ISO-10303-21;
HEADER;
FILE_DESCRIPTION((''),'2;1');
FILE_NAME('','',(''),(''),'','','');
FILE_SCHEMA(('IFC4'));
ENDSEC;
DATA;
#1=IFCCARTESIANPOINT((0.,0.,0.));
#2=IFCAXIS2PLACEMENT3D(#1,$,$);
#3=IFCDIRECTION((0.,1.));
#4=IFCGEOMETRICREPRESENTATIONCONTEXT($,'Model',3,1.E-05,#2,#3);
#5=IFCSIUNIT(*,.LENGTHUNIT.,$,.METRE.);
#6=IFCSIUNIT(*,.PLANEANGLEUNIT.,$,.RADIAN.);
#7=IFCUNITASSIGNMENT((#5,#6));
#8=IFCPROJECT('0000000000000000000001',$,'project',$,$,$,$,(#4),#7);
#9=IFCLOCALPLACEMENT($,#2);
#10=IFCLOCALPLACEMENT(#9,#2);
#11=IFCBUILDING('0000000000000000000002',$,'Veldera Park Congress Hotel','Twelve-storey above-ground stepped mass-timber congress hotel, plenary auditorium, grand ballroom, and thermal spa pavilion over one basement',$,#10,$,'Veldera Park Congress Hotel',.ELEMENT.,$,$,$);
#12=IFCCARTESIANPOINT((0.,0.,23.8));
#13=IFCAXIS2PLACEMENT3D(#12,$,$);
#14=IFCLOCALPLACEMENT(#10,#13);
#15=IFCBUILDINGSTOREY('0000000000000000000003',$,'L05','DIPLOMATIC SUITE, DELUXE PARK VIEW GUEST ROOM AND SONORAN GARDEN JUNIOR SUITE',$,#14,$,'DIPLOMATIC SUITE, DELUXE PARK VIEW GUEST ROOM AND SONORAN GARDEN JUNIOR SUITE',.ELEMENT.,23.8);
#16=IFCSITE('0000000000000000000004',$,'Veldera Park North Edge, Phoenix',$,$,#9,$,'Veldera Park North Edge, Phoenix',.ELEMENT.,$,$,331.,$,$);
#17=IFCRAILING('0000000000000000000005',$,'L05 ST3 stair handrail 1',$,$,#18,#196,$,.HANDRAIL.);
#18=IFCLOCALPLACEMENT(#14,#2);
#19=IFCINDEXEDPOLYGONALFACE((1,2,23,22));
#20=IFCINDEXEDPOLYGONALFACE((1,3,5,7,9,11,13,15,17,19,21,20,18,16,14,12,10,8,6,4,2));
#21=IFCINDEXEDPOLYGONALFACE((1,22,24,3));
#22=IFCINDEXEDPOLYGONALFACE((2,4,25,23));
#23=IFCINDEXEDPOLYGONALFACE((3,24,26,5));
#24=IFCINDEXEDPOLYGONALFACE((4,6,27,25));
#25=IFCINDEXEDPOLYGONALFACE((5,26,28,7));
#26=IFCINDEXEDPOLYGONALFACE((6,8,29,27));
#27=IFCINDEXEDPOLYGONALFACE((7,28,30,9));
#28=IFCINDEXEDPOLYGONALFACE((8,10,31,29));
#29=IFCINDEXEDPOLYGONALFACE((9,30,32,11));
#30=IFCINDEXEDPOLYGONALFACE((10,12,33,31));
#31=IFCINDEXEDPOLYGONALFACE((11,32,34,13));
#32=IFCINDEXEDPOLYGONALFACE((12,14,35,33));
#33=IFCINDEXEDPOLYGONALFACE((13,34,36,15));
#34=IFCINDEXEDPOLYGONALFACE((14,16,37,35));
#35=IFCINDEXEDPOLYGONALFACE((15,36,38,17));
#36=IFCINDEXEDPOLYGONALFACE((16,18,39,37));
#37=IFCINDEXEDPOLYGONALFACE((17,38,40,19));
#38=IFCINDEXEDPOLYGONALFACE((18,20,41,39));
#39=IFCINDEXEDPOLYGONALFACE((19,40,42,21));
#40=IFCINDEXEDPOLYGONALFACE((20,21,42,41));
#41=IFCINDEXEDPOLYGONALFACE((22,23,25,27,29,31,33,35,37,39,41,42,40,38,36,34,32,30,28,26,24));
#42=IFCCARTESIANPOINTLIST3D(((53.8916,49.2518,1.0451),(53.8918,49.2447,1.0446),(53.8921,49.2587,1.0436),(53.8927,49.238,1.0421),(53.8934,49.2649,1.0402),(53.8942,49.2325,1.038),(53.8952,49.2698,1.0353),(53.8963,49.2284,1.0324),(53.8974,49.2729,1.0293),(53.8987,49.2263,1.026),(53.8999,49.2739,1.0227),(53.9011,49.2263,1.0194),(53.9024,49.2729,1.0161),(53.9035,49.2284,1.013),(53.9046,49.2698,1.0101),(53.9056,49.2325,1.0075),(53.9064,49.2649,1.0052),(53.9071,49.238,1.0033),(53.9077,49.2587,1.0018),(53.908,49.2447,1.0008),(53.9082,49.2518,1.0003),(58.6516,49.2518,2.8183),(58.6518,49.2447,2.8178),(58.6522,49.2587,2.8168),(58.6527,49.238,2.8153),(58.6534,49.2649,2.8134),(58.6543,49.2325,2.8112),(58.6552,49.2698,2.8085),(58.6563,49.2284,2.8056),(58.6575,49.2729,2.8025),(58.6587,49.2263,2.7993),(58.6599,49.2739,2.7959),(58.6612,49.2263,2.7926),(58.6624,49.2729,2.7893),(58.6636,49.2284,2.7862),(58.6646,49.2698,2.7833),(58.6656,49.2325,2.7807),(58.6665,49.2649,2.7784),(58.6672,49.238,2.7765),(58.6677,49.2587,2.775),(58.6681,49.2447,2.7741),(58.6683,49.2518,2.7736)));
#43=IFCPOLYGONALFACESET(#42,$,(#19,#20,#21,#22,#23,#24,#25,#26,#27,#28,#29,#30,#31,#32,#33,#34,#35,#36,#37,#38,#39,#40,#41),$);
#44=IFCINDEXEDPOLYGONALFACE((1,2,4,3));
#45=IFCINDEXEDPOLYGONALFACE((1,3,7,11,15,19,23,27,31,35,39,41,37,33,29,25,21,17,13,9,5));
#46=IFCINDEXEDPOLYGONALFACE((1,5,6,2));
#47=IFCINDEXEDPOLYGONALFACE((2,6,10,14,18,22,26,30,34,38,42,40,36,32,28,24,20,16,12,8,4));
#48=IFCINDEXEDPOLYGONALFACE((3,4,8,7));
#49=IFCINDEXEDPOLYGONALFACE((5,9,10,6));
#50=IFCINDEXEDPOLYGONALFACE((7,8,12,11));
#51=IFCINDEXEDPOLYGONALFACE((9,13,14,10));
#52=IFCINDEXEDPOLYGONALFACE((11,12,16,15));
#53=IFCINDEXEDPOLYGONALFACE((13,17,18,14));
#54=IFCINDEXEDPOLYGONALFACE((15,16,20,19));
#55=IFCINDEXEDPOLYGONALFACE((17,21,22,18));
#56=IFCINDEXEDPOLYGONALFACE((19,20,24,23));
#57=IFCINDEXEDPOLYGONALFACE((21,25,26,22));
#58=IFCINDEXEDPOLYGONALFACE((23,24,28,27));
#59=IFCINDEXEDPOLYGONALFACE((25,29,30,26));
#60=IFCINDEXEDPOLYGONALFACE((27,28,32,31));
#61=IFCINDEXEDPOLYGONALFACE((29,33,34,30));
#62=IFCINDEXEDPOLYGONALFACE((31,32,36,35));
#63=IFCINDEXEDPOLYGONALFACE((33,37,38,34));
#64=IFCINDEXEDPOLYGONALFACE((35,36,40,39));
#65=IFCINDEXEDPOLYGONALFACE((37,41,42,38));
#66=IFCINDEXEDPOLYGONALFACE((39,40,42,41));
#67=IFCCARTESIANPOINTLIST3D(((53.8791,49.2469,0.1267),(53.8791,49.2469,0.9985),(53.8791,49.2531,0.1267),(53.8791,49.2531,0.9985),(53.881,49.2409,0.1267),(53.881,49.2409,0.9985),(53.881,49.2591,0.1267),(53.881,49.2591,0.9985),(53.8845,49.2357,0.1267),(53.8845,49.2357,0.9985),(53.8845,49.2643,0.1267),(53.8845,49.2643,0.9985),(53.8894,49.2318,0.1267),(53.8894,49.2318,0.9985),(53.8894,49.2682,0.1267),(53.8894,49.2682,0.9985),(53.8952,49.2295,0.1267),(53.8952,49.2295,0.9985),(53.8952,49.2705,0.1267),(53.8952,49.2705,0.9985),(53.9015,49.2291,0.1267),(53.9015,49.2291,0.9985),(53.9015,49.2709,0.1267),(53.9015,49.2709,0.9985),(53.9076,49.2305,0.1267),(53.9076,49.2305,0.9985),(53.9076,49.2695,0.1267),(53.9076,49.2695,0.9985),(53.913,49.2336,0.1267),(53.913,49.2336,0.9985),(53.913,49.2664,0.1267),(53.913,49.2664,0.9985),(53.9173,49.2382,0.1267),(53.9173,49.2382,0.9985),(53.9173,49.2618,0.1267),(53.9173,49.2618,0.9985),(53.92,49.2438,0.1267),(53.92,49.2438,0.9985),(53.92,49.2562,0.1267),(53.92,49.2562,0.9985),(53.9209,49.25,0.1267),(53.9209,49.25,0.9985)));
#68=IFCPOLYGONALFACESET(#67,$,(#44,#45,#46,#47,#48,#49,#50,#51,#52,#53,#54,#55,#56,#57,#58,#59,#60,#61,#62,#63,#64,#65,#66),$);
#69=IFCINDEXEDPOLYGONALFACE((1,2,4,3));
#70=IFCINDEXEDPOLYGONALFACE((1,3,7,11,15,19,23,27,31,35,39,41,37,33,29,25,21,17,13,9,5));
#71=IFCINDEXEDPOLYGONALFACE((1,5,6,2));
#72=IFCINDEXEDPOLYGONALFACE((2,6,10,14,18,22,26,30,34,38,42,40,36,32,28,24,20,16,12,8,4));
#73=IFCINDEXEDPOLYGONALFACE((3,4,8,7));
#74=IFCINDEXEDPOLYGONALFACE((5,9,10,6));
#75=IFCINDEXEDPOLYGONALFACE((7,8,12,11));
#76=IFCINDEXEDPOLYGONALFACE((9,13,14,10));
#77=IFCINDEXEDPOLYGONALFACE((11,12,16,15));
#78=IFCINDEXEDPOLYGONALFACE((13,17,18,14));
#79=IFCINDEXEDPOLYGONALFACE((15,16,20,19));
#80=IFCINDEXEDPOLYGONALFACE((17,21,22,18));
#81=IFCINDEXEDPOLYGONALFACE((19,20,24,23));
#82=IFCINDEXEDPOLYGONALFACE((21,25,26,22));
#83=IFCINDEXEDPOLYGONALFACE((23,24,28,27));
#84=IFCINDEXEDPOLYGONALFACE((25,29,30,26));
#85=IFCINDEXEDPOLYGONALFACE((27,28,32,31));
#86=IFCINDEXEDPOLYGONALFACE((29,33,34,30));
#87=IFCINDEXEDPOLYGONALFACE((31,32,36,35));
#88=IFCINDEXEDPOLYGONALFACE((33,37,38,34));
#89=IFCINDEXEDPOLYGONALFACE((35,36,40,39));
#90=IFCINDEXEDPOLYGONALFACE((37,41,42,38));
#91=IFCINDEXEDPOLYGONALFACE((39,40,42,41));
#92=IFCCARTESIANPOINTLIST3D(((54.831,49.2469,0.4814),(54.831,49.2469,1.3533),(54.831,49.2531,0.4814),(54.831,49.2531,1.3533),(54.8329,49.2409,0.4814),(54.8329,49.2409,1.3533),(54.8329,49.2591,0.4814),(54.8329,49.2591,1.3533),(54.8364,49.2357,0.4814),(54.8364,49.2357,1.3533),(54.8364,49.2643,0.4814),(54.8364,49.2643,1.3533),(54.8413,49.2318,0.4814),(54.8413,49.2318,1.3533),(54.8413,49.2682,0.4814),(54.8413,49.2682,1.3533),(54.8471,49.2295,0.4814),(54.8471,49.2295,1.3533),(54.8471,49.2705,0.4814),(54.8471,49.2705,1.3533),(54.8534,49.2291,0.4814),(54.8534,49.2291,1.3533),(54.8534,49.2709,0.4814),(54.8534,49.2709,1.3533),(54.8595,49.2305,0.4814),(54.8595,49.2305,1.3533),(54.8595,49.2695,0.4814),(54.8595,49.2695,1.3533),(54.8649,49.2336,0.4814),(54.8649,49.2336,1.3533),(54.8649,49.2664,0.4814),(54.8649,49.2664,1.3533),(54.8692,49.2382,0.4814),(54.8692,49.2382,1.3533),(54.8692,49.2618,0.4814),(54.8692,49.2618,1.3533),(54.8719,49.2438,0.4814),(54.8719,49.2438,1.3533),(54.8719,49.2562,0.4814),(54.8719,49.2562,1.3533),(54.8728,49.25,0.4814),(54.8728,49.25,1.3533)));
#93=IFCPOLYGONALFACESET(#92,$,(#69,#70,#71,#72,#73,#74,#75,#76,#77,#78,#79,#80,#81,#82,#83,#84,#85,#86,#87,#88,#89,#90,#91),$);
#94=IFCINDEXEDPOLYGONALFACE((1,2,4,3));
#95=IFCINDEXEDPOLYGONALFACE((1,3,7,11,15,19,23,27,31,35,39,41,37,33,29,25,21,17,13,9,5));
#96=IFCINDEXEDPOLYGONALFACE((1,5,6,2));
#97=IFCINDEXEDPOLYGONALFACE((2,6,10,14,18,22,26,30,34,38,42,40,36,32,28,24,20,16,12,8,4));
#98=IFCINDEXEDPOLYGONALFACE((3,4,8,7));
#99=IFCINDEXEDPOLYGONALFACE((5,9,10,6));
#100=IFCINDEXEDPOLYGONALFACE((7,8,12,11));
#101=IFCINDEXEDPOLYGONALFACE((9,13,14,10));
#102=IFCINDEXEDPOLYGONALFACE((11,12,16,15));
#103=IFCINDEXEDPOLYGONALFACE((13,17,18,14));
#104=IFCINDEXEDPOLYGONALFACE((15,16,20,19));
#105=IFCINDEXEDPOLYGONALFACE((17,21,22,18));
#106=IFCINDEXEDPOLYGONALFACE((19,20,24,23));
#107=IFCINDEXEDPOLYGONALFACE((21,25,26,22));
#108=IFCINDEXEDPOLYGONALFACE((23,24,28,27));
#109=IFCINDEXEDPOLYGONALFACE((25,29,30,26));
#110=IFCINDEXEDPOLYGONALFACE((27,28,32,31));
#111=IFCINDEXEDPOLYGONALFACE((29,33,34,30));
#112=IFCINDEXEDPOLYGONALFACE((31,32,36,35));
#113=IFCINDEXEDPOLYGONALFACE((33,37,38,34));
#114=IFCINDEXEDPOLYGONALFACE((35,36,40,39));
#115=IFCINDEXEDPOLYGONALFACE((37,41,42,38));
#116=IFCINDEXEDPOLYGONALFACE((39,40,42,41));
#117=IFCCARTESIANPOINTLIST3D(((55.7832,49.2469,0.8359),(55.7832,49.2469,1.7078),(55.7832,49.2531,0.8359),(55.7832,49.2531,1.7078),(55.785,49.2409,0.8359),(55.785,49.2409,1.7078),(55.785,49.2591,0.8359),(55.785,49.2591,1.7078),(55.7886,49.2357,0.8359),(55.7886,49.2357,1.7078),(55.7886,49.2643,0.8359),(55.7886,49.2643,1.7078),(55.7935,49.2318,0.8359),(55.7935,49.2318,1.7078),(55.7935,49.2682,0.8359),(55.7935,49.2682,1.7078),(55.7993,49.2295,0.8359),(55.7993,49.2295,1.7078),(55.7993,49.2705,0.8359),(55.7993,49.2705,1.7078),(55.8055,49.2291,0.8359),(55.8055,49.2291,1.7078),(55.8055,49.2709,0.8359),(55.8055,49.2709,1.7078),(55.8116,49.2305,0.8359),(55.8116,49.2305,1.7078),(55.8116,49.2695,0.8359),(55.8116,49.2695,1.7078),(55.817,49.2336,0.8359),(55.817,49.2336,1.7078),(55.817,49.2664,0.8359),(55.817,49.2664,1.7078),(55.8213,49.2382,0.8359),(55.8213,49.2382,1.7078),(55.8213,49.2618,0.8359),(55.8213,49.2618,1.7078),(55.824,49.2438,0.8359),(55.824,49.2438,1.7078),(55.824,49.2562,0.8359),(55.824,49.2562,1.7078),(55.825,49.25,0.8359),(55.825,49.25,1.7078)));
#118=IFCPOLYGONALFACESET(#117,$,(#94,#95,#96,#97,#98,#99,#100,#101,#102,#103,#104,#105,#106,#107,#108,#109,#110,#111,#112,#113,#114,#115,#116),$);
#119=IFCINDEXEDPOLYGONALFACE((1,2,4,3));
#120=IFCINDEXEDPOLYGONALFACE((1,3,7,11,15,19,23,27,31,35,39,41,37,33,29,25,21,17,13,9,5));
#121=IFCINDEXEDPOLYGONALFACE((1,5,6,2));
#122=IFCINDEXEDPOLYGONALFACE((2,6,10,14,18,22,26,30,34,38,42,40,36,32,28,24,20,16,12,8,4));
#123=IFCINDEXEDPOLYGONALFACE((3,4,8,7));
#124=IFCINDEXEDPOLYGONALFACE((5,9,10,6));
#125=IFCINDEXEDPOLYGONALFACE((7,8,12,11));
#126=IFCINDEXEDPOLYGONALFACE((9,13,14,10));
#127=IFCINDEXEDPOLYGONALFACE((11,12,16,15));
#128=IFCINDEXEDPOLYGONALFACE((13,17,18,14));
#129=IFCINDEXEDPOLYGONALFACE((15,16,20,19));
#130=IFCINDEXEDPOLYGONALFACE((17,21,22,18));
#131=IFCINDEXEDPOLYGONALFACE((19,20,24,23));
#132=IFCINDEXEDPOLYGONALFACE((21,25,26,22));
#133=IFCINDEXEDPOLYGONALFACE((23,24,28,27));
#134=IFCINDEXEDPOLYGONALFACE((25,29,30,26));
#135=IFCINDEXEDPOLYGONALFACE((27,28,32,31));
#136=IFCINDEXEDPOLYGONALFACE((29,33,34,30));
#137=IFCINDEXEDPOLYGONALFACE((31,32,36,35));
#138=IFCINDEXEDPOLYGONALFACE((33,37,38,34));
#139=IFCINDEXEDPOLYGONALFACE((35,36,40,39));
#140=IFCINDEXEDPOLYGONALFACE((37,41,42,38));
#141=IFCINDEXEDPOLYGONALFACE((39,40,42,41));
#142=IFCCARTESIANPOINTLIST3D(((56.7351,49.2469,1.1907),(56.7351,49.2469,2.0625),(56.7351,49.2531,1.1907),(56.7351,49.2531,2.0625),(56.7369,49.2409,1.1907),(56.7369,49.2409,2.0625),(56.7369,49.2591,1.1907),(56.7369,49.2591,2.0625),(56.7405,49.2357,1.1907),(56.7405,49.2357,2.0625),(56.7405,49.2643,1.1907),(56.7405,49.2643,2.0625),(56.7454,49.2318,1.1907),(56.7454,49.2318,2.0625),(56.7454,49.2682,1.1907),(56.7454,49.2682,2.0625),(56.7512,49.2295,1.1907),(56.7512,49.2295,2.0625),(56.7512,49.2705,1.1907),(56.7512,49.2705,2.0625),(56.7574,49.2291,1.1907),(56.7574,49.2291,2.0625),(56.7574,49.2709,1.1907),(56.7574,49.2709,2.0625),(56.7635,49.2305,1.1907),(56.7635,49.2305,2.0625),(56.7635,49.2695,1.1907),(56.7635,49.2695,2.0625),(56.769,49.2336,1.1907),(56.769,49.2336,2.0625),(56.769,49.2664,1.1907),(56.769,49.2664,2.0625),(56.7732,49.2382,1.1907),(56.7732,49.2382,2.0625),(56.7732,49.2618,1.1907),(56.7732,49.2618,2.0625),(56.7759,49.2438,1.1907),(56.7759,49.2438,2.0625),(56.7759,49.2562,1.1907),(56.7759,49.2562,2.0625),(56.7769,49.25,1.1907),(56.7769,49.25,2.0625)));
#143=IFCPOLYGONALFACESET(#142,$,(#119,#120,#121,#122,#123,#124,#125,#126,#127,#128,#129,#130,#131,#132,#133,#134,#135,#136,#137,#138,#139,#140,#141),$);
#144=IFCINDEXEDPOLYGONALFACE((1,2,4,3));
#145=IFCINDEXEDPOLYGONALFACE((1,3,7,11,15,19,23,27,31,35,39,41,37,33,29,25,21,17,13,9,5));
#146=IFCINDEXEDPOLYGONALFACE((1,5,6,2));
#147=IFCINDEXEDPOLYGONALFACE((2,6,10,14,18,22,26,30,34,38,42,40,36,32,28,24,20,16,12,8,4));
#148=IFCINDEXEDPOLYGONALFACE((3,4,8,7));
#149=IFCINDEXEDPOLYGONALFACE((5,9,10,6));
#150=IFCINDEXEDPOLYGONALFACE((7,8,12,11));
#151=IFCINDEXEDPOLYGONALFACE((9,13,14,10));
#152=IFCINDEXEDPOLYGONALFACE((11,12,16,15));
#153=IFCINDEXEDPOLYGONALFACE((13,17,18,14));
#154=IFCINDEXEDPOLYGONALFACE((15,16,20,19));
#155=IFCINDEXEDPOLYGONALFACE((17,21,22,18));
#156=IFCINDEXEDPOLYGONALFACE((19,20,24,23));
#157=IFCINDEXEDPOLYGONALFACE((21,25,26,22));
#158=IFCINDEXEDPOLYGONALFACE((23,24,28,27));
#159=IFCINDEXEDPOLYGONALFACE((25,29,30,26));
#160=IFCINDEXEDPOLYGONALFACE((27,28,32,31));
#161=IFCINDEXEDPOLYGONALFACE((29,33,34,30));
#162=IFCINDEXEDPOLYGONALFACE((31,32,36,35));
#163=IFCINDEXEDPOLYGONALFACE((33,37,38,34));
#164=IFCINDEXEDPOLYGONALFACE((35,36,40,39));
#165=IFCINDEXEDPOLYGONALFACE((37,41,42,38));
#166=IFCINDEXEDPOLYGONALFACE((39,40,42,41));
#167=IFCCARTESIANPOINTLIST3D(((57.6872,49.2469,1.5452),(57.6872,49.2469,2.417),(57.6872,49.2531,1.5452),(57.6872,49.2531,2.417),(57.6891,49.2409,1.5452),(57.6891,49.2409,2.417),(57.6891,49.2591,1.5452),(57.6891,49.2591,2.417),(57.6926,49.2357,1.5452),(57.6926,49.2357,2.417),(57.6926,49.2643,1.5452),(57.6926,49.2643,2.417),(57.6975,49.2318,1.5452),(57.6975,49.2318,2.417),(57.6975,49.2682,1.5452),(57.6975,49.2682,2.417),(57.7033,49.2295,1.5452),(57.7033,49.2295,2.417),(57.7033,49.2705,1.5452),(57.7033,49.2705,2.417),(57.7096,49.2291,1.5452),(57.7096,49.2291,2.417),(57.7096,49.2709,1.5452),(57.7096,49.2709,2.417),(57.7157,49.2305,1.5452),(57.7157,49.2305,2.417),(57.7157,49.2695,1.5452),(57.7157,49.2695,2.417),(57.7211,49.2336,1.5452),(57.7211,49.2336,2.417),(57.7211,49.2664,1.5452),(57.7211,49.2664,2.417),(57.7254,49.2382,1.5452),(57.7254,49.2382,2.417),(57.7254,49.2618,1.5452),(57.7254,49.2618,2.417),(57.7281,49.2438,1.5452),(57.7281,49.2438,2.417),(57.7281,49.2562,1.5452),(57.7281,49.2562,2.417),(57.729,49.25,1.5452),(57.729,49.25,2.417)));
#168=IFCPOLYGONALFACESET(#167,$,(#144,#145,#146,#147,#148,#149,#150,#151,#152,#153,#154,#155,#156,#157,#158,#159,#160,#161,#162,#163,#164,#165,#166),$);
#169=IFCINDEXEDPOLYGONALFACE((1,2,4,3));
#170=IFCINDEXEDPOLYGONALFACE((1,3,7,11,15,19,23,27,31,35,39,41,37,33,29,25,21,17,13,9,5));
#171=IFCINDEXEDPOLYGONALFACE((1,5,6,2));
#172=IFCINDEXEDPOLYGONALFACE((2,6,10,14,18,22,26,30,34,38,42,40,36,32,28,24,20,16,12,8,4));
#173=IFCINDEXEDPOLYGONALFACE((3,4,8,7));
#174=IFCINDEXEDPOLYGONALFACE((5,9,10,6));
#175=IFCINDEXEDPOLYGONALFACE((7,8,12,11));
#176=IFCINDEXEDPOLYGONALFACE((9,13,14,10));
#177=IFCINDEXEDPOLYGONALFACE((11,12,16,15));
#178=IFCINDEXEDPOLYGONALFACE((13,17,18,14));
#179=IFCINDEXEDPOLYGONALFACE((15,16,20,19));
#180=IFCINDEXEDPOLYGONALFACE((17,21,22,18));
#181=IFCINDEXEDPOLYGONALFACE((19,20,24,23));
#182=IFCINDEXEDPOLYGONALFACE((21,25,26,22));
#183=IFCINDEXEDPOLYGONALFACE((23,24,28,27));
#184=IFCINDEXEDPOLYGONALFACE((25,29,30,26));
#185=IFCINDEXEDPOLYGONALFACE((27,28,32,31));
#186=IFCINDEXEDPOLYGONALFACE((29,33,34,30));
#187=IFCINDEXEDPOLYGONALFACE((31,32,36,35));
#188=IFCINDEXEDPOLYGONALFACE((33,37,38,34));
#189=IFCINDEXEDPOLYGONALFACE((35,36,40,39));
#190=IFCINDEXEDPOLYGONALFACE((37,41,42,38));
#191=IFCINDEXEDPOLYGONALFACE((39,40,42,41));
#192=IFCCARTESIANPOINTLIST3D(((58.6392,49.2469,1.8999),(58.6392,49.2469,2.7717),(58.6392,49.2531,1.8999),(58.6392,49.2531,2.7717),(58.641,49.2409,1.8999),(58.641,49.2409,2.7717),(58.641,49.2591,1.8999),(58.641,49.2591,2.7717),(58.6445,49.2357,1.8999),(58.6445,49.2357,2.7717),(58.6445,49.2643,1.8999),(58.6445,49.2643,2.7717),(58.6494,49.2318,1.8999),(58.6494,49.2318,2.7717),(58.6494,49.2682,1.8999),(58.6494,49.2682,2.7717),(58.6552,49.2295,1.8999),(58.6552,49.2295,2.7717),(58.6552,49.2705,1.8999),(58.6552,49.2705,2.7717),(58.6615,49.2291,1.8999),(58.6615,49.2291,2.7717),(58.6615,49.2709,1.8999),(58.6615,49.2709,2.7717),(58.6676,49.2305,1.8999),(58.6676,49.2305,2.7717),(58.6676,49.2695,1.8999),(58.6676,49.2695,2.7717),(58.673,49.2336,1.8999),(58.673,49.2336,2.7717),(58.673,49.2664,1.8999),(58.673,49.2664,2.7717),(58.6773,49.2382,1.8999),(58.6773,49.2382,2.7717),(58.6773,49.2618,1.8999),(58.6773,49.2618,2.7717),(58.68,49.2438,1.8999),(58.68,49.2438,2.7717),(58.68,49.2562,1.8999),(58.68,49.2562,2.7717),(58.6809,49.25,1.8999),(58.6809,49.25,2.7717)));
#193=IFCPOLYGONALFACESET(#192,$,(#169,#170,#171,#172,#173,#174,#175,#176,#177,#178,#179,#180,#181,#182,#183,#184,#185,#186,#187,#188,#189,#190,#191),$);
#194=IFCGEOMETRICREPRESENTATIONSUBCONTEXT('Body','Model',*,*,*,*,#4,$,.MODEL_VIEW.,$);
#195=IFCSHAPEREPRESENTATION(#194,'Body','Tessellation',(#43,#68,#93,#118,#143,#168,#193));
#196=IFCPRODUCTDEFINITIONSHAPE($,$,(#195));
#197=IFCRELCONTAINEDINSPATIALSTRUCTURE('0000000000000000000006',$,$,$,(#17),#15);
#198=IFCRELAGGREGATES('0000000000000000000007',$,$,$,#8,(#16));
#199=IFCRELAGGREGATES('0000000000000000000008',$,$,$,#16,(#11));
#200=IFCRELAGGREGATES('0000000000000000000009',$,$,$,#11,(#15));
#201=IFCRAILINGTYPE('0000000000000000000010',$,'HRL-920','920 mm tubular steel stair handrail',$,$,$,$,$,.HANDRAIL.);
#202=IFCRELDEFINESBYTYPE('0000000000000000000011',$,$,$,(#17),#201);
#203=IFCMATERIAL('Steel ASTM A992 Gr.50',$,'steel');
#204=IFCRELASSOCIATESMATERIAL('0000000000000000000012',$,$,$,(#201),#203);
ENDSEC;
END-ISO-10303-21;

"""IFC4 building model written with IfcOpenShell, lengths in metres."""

from ifc_helpers import new_model, si_unit, direction, frame, origin, origin_2d, place, context, subcontext, project, spatial, circle, extrude, material, type_object, element, save


model = new_model("IFC4")

# Units and contexts
model_context = context("Model", 3, precision=1e-05, world=origin(), true_north=direction((0.0, 1.0)))
body_context = subcontext(model_context, "Body", "Model", "MODEL_VIEW")
ifc_project = project(units=[si_unit("LENGTHUNIT", "METRE"), si_unit("PLANEANGLEUNIT", "RADIAN")], contexts=[model_context])

# Site, building, storey
site_placement = place(None, origin())
site = spatial("IfcSite", under=ifc_project, at=site_placement, Name="Veldera Park North Edge, Phoenix", LongName="Veldera Park North Edge, Phoenix", CompositionType="ELEMENT", RefElevation=331.0)
building_placement = place(site_placement, origin())
building = spatial("IfcBuilding", under=site, at=building_placement, Name="Veldera Park Congress Hotel", Description="Twelve-storey above-ground stepped mass-timber congress hotel, plenary auditorium, grand ballroom, and thermal spa pavilion over one basement", LongName="Veldera Park Congress Hotel", CompositionType="ELEMENT")
storey_placement = place(building_placement, frame((0.0, 0.0, 23.8)))
storey = spatial("IfcBuildingStorey", under=building, at=storey_placement, Name="L05", Description="DIPLOMATIC SUITE, DELUXE PARK VIEW GUEST ROOM AND SONORAN GARDEN JUNIOR SUITE", LongName="DIPLOMATIC SUITE, DELUXE PARK VIEW GUEST ROOM AND SONORAN GARDEN JUNIOR SUITE", CompositionType="ELEMENT", Elevation=23.8)

# Railing
ifc_material_1 = material(Name="Steel ASTM A992 Gr.50", Category="steel")
railing_type_1 = type_object("IfcRailingType", Name="HRL-920", Description="920 mm tubular steel stair handrail", PredefinedType="HANDRAIL", material=ifc_material_1)
railing_1_placement = place(storey_placement, frame((53.8999, 49.25, 0.1267)))
element("IfcRailing", 1, at=railing_1_placement, inside=storey, type_object=railing_type_1, Name="L05 ST3 stair handrail 1", PredefinedType="HANDRAIL", context=body_context, shape_type="SweptSolid", body=[
    extrude(circle(Radius=0.0239, at=origin_2d()), frame((0.0, 0.0, 0.896), z_axis=(0.937091, 0.0, 0.349084), x_axis=(0.0, 1.0, 0.0)), (0.0, 0.0, 1.0), 5.0796),
    extrude(circle(Radius=0.021, at=origin_2d()), origin(), (0.0, 0.0, 1.0), 0.8718),
    extrude(circle(Radius=0.021, at=origin_2d()), frame((0.9519, 0.0, 0.3547)), (0.0, 0.0, 1.0), 0.8718),
    extrude(circle(Radius=0.021, at=origin_2d()), frame((1.9041, 0.0, 0.7092)), (0.0, 0.0, 1.0), 0.8718),
    extrude(circle(Radius=0.021, at=origin_2d()), frame((2.856, 0.0, 1.064)), (0.0, 0.0, 1.0), 0.8718),
    extrude(circle(Radius=0.021, at=origin_2d()), frame((3.8081, 0.0, 1.4185)), (0.0, 0.0, 1.0), 0.8718),
    extrude(circle(Radius=0.021, at=origin_2d()), frame((4.76, 0.0, 1.7732)), (0.0, 0.0, 1.0), 0.8718),
])

save(model, "model.ifc")
